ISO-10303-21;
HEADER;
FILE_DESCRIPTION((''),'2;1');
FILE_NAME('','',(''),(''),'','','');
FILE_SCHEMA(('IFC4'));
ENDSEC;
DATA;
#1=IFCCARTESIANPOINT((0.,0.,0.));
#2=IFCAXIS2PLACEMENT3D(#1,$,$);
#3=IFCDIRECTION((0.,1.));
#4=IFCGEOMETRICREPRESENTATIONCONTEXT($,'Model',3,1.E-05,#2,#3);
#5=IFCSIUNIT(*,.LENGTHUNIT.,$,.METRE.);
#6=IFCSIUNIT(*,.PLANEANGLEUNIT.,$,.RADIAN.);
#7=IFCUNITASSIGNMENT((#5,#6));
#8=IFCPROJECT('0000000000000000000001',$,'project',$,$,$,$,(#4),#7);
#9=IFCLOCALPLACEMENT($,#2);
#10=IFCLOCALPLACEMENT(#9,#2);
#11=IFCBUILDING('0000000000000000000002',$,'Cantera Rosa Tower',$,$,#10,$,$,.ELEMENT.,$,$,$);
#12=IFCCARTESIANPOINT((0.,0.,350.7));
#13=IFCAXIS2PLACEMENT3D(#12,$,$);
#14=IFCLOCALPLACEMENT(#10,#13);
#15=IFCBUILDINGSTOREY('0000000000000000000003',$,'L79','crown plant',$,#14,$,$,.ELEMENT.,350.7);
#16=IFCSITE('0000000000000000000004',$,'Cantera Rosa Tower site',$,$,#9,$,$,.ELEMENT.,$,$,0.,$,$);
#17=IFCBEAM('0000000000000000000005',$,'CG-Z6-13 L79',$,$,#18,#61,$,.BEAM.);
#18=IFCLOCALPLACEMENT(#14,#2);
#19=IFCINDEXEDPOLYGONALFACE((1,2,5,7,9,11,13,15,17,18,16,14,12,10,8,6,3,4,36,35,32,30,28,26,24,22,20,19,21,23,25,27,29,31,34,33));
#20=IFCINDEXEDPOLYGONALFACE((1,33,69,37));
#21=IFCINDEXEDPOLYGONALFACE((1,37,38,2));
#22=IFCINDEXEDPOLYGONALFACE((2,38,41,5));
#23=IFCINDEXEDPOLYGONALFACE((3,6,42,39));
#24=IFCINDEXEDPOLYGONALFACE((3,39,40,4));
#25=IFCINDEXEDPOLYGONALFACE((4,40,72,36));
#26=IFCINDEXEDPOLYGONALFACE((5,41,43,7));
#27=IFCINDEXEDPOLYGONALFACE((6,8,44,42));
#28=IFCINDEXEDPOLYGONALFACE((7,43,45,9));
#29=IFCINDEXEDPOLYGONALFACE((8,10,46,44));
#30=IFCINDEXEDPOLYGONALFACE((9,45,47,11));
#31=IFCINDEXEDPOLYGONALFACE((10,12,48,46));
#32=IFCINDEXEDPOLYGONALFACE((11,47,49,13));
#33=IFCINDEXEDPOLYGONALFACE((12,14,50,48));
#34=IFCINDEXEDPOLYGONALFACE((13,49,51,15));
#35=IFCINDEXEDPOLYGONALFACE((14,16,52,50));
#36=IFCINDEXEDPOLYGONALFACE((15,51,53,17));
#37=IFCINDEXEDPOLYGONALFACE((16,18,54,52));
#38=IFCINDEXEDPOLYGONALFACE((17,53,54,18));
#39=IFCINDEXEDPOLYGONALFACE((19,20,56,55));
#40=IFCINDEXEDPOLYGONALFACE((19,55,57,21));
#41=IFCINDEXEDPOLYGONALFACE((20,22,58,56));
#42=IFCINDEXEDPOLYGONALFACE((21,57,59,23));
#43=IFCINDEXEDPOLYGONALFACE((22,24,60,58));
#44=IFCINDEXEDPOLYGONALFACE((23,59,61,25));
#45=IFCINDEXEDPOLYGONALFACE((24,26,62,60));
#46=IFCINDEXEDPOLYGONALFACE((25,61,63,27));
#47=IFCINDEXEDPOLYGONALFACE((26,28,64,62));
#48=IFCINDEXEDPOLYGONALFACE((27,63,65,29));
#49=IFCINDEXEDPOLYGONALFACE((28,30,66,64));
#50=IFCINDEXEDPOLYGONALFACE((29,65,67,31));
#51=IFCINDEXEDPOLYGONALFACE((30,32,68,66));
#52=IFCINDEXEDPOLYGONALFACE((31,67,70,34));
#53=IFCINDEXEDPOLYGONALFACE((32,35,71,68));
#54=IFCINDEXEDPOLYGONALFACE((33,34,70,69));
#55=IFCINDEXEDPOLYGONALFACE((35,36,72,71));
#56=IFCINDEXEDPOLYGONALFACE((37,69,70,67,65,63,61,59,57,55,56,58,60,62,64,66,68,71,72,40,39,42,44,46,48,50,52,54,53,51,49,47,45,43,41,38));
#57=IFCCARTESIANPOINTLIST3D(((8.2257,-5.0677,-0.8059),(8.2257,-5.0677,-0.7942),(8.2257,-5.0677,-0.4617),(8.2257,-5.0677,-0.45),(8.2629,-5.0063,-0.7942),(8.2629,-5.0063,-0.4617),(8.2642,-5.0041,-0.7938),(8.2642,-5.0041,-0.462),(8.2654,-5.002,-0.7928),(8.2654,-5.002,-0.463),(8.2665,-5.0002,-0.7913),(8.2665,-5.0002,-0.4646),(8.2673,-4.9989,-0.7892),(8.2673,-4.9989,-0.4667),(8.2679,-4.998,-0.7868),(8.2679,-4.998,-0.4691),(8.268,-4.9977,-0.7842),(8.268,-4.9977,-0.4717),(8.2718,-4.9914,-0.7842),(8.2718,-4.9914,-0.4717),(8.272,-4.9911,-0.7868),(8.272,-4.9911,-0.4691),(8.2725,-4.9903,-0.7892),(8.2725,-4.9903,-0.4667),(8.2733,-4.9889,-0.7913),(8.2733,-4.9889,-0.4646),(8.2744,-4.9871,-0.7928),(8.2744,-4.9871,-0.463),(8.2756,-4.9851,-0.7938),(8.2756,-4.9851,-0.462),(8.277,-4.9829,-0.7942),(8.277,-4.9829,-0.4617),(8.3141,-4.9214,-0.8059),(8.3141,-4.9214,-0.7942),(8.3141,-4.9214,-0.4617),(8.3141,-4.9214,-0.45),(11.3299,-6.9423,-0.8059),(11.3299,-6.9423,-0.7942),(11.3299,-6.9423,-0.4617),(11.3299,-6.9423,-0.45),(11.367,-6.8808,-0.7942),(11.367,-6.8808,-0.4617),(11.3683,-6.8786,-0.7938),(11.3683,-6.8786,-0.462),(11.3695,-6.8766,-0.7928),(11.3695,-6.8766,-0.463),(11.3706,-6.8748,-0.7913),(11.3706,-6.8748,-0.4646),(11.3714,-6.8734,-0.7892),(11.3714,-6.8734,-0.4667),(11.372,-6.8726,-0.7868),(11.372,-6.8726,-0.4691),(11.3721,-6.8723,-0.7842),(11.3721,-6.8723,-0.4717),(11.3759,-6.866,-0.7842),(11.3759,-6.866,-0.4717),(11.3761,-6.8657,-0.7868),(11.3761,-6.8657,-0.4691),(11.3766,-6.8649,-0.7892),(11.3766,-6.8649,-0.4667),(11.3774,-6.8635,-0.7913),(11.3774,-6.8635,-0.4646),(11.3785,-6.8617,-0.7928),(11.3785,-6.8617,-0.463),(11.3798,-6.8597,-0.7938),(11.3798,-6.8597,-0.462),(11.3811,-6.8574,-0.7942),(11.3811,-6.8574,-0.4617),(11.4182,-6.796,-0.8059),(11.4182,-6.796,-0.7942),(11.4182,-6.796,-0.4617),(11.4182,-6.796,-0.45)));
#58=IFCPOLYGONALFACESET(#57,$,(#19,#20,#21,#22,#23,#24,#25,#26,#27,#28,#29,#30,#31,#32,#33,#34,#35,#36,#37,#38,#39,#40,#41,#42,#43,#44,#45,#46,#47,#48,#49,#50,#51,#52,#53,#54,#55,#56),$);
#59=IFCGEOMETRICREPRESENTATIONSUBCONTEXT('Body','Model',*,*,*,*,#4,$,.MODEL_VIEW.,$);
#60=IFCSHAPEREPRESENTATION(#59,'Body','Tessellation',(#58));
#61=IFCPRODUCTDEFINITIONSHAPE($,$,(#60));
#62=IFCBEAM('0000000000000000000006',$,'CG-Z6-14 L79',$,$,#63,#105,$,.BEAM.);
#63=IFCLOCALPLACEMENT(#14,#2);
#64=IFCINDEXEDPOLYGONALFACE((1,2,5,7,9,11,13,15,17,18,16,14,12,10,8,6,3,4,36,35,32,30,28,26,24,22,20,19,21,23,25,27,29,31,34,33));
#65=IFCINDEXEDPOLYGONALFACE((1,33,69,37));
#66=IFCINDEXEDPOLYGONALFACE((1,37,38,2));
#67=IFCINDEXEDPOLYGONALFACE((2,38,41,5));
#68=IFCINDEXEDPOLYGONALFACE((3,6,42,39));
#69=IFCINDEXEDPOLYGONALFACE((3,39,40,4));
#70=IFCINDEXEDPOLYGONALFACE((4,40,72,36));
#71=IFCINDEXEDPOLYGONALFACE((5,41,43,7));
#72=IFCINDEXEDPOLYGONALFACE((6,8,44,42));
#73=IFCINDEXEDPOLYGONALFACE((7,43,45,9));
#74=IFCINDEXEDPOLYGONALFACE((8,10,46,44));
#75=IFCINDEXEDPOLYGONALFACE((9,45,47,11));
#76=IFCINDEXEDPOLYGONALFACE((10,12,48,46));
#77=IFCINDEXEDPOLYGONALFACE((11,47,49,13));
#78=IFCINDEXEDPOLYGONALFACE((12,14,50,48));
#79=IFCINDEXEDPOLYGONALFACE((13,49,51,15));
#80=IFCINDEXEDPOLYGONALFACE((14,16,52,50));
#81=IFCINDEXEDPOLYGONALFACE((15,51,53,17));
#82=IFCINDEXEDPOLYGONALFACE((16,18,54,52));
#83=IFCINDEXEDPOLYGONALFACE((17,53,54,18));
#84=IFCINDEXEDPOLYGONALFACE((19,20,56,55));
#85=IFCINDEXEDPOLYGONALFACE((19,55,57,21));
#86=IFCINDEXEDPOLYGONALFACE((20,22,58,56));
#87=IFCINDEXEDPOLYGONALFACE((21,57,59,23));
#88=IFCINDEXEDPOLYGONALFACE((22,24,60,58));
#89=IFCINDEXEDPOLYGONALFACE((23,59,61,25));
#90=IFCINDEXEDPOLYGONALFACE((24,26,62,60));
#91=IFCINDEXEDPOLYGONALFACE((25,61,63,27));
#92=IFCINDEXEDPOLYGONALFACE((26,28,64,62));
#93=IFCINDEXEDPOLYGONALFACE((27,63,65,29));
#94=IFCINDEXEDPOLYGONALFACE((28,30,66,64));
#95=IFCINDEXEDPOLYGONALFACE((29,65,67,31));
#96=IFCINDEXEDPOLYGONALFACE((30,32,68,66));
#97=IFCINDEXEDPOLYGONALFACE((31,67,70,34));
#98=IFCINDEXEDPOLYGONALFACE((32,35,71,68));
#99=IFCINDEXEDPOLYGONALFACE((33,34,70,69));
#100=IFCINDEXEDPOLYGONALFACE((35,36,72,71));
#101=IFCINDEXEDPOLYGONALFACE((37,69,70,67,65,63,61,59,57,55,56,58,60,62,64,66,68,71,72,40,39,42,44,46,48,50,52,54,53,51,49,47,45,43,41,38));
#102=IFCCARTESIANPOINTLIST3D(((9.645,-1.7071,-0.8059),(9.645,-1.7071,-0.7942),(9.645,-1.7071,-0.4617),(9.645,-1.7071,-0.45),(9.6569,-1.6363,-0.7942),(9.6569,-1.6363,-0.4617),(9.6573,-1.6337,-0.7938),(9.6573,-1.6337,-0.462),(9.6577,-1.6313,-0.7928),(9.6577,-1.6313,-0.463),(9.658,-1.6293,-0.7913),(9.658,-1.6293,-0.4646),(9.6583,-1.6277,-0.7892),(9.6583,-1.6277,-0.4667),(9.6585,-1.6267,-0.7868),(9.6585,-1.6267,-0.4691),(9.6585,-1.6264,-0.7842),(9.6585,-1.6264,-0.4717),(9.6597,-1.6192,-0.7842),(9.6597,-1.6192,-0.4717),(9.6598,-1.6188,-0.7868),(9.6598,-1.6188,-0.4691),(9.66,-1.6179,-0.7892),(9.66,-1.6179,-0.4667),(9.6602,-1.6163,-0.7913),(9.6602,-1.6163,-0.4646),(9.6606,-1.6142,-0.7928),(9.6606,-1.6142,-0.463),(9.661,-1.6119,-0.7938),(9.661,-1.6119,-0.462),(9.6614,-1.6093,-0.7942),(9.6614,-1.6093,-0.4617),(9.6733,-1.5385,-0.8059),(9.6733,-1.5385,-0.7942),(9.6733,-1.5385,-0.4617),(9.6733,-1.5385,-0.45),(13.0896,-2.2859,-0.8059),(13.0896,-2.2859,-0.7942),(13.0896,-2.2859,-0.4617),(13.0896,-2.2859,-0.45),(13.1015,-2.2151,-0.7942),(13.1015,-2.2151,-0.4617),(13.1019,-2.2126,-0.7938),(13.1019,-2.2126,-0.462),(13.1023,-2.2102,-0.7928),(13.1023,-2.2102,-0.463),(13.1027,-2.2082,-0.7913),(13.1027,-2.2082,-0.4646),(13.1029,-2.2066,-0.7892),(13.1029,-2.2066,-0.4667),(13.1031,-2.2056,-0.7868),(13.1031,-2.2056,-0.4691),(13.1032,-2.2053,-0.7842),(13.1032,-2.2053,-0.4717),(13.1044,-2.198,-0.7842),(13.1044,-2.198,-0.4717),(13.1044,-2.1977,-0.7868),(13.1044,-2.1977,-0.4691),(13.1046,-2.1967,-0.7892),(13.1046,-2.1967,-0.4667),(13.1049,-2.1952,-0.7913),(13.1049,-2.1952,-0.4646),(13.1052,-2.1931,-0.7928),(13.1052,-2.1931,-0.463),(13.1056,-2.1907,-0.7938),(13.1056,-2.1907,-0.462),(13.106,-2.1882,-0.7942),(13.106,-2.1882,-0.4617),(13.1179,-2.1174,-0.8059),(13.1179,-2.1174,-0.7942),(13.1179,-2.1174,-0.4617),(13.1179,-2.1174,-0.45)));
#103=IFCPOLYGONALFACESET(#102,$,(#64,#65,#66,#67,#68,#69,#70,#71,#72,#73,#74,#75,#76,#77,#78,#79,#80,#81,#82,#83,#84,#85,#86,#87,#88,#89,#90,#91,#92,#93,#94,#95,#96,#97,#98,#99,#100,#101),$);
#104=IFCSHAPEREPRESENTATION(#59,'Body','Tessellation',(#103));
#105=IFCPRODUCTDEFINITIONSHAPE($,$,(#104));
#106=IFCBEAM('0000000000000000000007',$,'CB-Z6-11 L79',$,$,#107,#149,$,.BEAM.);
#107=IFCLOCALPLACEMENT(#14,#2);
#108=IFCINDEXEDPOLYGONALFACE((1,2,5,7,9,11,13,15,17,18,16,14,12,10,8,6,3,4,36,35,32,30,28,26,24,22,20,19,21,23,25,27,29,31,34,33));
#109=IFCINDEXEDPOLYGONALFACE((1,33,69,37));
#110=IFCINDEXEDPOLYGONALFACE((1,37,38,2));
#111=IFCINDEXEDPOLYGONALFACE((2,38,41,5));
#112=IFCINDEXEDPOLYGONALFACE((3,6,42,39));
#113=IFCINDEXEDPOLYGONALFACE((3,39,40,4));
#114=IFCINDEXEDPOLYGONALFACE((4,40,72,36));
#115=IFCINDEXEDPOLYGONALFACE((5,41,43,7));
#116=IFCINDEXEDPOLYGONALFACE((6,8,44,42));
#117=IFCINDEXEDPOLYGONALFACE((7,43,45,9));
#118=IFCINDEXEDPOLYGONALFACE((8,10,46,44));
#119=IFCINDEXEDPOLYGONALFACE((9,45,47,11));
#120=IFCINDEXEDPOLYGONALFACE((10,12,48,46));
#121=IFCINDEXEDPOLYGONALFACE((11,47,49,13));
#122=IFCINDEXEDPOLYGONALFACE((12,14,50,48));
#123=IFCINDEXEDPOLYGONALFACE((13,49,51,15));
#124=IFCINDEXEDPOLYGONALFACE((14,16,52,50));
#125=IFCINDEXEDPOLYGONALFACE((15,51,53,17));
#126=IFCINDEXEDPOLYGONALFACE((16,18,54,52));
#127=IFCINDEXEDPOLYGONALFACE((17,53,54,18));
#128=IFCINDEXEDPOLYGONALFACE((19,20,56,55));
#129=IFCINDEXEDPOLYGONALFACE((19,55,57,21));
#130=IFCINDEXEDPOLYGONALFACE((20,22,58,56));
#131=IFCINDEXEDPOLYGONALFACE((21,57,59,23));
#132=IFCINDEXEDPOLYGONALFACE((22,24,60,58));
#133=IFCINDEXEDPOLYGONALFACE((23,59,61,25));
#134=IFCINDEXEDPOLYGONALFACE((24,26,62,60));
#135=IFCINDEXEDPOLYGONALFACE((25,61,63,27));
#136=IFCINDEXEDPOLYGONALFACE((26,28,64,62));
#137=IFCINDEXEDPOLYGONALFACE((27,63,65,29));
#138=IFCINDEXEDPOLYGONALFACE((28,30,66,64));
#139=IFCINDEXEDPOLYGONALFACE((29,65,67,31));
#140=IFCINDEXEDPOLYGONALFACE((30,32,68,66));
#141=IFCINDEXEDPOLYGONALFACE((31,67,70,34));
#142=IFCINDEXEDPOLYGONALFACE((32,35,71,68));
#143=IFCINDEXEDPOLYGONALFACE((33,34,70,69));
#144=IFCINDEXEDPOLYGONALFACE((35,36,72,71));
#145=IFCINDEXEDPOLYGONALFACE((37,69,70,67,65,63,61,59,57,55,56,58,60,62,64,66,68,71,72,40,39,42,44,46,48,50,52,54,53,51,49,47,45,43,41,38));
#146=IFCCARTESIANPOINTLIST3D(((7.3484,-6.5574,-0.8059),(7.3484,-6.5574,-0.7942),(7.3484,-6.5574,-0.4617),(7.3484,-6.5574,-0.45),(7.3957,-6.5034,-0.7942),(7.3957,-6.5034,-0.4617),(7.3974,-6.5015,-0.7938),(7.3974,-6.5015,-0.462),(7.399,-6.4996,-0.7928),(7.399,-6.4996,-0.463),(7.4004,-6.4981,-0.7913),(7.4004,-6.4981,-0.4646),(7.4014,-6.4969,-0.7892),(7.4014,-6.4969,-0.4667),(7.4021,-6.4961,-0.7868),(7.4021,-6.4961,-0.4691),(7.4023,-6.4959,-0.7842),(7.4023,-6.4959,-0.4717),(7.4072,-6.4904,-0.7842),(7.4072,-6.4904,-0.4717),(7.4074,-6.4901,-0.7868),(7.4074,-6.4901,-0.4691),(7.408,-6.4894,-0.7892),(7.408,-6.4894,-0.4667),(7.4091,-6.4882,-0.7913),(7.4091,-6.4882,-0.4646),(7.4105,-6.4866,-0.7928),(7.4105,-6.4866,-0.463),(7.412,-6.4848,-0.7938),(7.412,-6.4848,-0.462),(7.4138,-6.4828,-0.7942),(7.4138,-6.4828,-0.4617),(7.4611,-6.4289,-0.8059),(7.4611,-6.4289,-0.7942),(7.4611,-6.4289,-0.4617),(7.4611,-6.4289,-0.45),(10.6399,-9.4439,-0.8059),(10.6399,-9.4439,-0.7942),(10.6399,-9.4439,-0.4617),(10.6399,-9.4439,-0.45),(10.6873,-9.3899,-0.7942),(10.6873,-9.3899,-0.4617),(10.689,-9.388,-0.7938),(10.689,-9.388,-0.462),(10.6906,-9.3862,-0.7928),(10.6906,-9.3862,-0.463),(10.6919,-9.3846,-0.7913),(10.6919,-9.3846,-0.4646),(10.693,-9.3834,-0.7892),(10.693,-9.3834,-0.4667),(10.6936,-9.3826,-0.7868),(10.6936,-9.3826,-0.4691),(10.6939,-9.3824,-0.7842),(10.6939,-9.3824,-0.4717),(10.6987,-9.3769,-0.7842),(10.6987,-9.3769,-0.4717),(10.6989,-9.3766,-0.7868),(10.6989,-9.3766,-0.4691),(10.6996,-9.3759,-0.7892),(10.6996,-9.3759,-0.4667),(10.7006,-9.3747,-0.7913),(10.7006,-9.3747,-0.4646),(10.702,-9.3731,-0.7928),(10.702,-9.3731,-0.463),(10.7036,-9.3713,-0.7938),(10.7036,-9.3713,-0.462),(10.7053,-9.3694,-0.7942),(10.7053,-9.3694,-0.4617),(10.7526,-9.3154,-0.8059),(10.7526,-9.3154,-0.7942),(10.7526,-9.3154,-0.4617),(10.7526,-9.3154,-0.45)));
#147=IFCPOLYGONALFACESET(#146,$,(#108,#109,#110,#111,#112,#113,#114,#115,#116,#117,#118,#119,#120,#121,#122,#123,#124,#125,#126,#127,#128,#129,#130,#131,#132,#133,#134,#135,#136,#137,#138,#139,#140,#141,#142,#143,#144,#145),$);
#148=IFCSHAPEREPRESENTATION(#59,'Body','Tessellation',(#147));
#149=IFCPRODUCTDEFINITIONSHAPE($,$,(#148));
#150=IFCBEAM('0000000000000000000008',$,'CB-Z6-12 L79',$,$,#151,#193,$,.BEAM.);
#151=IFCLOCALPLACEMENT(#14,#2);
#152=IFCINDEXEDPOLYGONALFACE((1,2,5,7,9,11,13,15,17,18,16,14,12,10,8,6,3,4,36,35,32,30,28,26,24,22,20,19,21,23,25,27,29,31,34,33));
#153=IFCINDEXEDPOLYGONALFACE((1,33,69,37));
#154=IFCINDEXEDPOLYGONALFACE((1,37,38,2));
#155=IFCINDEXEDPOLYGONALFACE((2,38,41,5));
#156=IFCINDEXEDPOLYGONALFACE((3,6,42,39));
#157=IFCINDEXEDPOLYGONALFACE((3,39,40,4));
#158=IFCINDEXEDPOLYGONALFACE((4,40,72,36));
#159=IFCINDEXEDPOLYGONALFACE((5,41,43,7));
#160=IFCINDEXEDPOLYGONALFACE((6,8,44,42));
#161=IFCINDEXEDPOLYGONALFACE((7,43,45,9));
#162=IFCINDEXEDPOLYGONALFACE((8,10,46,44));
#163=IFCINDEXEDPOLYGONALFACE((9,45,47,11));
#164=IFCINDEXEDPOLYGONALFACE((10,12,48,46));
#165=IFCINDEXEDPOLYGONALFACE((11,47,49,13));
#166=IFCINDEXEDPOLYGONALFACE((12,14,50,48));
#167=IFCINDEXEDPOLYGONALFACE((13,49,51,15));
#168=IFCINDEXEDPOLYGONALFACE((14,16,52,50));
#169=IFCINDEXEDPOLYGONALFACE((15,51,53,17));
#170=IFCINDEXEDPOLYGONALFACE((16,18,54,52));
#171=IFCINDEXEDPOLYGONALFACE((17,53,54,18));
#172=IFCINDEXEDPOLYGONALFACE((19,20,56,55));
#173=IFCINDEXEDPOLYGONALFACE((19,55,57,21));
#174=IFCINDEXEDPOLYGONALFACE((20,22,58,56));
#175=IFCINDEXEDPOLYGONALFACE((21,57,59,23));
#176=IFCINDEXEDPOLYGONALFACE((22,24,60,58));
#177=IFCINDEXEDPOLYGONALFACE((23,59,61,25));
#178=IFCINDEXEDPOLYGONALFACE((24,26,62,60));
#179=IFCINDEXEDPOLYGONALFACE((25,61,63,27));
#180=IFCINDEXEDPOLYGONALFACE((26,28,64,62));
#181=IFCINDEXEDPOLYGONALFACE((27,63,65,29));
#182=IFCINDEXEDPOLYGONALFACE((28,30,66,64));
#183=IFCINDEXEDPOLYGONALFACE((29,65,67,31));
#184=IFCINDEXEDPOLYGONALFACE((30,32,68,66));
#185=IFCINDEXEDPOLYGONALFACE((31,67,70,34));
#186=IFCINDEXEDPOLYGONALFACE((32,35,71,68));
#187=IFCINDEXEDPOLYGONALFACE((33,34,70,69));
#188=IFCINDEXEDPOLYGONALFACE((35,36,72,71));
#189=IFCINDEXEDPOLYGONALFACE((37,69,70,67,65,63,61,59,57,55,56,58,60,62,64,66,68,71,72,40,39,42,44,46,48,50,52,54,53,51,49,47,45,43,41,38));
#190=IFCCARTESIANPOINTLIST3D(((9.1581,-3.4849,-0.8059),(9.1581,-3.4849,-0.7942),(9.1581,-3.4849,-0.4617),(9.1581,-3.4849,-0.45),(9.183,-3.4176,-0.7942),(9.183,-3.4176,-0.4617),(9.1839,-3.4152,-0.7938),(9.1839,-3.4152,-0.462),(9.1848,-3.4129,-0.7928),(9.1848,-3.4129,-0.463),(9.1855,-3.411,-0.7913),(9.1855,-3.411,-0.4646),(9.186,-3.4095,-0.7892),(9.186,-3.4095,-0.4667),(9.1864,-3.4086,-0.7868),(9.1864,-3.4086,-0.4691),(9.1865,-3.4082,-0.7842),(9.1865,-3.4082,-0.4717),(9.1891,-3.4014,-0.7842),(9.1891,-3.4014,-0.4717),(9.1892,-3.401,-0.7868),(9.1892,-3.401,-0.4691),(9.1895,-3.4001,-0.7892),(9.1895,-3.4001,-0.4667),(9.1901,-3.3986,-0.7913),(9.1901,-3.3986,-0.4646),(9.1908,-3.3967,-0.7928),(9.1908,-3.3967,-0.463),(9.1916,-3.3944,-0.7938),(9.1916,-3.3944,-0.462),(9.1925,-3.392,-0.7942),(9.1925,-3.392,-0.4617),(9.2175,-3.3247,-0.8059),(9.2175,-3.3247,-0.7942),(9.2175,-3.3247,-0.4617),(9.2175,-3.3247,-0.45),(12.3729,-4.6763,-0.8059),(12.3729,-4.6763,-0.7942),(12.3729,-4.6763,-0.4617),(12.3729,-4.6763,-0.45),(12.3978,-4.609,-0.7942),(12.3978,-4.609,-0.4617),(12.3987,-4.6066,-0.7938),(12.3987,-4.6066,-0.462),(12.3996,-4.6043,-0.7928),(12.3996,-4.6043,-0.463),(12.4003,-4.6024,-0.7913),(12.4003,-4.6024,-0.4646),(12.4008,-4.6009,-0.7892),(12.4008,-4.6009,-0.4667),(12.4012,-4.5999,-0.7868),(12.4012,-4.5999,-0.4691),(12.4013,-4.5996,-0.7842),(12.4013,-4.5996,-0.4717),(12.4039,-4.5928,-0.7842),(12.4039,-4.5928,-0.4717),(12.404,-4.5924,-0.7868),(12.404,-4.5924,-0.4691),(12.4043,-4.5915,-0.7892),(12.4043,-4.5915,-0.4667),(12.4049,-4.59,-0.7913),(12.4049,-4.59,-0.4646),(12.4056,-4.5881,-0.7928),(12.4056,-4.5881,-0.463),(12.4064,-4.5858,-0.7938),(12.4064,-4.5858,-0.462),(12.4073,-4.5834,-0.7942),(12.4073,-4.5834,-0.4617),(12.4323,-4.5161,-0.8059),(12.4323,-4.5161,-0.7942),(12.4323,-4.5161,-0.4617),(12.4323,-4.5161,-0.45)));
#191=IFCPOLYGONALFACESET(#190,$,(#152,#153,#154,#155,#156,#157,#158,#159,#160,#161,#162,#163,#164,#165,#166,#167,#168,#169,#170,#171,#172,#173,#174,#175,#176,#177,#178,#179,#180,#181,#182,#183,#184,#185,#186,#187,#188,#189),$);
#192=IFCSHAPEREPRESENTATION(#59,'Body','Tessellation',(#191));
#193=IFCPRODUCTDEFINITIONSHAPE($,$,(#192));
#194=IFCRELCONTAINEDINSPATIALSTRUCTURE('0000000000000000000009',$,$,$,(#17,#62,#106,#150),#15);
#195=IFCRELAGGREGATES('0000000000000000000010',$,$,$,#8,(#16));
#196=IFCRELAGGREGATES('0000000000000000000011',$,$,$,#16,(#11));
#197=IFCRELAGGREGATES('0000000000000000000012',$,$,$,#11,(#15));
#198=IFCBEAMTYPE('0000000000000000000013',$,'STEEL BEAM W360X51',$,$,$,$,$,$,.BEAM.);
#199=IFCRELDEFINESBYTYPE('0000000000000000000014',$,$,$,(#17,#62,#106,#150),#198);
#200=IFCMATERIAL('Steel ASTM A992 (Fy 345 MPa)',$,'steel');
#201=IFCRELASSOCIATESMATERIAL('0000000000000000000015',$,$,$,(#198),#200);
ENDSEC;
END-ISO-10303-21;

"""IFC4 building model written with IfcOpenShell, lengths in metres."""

from ifc_helpers import new_model, si_unit, direction, frame, origin, origin_2d, place, context, subcontext, project, spatial, i_section, extrude, material, material_profile, profile_set, type_object, element, save


model = new_model("IFC4")

# Units and contexts
model_context = context("Model", 3, precision=1e-05, world=origin(), true_north=direction((0.0, 1.0)))
body_context = subcontext(model_context, "Body", "Model", "MODEL_VIEW")
ifc_project = project(units=[si_unit("LENGTHUNIT", "METRE"), si_unit("PLANEANGLEUNIT", "RADIAN")], contexts=[model_context])

# Site, building, storey
site_placement = place(None, origin())
site = spatial("IfcSite", under=ifc_project, at=site_placement, Name="Cantera Rosa Tower site", CompositionType="ELEMENT", RefElevation=0.0)
building_placement = place(site_placement, origin())
building = spatial("IfcBuilding", under=site, at=building_placement, Name="Cantera Rosa Tower", CompositionType="ELEMENT")
storey_placement = place(building_placement, frame((0.0, 0.0, 350.7)))
storey = spatial("IfcBuildingStorey", under=building, at=storey_placement, Name="L79", Description="crown plant", CompositionType="ELEMENT", Elevation=350.7)

# Beams
ifc_material_1 = material(Name="Steel ASTM A992 (Fy 345 MPa)", Category="steel")
ifc_material_profile_1 = material_profile(ifc_material_1, i_section(OverallWidth=0.1709, OverallDepth=0.356, WebThickness=0.0073, FlangeThickness=0.0117, FilletRadius=0.01, at=origin_2d()), Name="W360X51")
ifc_profile_set_1 = profile_set([ifc_material_profile_1], Name="Steel ASTM A992 (Fy 345 MPa)")
beam_type_1 = type_object("IfcBeamType", Name="STEEL BEAM W360X51", PredefinedType="BEAM", material=ifc_profile_set_1)
beam_1_placement = place(storey_placement, frame((11.374, -6.8691, -0.6279), z_axis=(-0.856016, 0.516949, 0.0), x_axis=(-0.516949, -0.856016, 0.0)))
element("IfcBeam", 1, at=beam_1_placement, inside=storey, type_object=beam_type_1, Name="CG-Z6-13 L79", PredefinedType="BEAM", context=body_context, shape_type="SweptSolid", body=[
    extrude(i_section(OverallWidth=0.1709, OverallDepth=0.356, WebThickness=0.0073, FlangeThickness=0.0117, FilletRadius=0.01, at=origin_2d()), origin(), (0.0, 0.0, 1.0), 3.6262),
])
beam_2_placement = place(storey_placement, frame((13.1038, -2.2017, -0.6279), z_axis=(-0.986172, 0.165725, 0.0), x_axis=(-0.165725, -0.986172, 0.0)))
element("IfcBeam", 2, at=beam_2_placement, inside=storey, type_object=beam_type_1, Name="CG-Z6-14 L79", PredefinedType="BEAM", context=body_context, shape_type="SweptSolid", body=[
    extrude(i_section(OverallWidth=0.1709, OverallDepth=0.356, WebThickness=0.0073, FlangeThickness=0.0117, FilletRadius=0.01, at=origin_2d()), origin(), (0.0, 0.0, 1.0), 3.4929),
])
beam_3_placement = place(storey_placement, frame((10.6963, -9.3796, -0.6279), z_axis=(-0.751851, 0.659333, 0.0), x_axis=(-0.659333, -0.751851, 0.0)))
element("IfcBeam", 3, at=beam_3_placement, inside=storey, type_object=beam_type_1, Name="CB-Z6-11 L79", PredefinedType="BEAM", context=body_context, shape_type="SweptSolid", body=[
    extrude(i_section(OverallWidth=0.1709, OverallDepth=0.356, WebThickness=0.0073, FlangeThickness=0.0117, FilletRadius=0.01, at=origin_2d()), origin(), (0.0, 0.0, 1.0), 4.3779),
])
beam_4_placement = place(storey_placement, frame((12.4026, -4.5962, -0.6279), z_axis=(-0.93768, 0.3475, 0.0), x_axis=(-0.3475, -0.93768, 0.0)))
element("IfcBeam", 4, at=beam_4_placement, inside=storey, type_object=beam_type_1, Name="CB-Z6-12 L79", PredefinedType="BEAM", context=body_context, shape_type="SweptSolid", body=[
    extrude(i_section(OverallWidth=0.1709, OverallDepth=0.356, WebThickness=0.0073, FlangeThickness=0.0117, FilletRadius=0.01, at=origin_2d()), origin(), (0.0, 0.0, 1.0), 3.4285),
])

save(model, "model.ifc")
